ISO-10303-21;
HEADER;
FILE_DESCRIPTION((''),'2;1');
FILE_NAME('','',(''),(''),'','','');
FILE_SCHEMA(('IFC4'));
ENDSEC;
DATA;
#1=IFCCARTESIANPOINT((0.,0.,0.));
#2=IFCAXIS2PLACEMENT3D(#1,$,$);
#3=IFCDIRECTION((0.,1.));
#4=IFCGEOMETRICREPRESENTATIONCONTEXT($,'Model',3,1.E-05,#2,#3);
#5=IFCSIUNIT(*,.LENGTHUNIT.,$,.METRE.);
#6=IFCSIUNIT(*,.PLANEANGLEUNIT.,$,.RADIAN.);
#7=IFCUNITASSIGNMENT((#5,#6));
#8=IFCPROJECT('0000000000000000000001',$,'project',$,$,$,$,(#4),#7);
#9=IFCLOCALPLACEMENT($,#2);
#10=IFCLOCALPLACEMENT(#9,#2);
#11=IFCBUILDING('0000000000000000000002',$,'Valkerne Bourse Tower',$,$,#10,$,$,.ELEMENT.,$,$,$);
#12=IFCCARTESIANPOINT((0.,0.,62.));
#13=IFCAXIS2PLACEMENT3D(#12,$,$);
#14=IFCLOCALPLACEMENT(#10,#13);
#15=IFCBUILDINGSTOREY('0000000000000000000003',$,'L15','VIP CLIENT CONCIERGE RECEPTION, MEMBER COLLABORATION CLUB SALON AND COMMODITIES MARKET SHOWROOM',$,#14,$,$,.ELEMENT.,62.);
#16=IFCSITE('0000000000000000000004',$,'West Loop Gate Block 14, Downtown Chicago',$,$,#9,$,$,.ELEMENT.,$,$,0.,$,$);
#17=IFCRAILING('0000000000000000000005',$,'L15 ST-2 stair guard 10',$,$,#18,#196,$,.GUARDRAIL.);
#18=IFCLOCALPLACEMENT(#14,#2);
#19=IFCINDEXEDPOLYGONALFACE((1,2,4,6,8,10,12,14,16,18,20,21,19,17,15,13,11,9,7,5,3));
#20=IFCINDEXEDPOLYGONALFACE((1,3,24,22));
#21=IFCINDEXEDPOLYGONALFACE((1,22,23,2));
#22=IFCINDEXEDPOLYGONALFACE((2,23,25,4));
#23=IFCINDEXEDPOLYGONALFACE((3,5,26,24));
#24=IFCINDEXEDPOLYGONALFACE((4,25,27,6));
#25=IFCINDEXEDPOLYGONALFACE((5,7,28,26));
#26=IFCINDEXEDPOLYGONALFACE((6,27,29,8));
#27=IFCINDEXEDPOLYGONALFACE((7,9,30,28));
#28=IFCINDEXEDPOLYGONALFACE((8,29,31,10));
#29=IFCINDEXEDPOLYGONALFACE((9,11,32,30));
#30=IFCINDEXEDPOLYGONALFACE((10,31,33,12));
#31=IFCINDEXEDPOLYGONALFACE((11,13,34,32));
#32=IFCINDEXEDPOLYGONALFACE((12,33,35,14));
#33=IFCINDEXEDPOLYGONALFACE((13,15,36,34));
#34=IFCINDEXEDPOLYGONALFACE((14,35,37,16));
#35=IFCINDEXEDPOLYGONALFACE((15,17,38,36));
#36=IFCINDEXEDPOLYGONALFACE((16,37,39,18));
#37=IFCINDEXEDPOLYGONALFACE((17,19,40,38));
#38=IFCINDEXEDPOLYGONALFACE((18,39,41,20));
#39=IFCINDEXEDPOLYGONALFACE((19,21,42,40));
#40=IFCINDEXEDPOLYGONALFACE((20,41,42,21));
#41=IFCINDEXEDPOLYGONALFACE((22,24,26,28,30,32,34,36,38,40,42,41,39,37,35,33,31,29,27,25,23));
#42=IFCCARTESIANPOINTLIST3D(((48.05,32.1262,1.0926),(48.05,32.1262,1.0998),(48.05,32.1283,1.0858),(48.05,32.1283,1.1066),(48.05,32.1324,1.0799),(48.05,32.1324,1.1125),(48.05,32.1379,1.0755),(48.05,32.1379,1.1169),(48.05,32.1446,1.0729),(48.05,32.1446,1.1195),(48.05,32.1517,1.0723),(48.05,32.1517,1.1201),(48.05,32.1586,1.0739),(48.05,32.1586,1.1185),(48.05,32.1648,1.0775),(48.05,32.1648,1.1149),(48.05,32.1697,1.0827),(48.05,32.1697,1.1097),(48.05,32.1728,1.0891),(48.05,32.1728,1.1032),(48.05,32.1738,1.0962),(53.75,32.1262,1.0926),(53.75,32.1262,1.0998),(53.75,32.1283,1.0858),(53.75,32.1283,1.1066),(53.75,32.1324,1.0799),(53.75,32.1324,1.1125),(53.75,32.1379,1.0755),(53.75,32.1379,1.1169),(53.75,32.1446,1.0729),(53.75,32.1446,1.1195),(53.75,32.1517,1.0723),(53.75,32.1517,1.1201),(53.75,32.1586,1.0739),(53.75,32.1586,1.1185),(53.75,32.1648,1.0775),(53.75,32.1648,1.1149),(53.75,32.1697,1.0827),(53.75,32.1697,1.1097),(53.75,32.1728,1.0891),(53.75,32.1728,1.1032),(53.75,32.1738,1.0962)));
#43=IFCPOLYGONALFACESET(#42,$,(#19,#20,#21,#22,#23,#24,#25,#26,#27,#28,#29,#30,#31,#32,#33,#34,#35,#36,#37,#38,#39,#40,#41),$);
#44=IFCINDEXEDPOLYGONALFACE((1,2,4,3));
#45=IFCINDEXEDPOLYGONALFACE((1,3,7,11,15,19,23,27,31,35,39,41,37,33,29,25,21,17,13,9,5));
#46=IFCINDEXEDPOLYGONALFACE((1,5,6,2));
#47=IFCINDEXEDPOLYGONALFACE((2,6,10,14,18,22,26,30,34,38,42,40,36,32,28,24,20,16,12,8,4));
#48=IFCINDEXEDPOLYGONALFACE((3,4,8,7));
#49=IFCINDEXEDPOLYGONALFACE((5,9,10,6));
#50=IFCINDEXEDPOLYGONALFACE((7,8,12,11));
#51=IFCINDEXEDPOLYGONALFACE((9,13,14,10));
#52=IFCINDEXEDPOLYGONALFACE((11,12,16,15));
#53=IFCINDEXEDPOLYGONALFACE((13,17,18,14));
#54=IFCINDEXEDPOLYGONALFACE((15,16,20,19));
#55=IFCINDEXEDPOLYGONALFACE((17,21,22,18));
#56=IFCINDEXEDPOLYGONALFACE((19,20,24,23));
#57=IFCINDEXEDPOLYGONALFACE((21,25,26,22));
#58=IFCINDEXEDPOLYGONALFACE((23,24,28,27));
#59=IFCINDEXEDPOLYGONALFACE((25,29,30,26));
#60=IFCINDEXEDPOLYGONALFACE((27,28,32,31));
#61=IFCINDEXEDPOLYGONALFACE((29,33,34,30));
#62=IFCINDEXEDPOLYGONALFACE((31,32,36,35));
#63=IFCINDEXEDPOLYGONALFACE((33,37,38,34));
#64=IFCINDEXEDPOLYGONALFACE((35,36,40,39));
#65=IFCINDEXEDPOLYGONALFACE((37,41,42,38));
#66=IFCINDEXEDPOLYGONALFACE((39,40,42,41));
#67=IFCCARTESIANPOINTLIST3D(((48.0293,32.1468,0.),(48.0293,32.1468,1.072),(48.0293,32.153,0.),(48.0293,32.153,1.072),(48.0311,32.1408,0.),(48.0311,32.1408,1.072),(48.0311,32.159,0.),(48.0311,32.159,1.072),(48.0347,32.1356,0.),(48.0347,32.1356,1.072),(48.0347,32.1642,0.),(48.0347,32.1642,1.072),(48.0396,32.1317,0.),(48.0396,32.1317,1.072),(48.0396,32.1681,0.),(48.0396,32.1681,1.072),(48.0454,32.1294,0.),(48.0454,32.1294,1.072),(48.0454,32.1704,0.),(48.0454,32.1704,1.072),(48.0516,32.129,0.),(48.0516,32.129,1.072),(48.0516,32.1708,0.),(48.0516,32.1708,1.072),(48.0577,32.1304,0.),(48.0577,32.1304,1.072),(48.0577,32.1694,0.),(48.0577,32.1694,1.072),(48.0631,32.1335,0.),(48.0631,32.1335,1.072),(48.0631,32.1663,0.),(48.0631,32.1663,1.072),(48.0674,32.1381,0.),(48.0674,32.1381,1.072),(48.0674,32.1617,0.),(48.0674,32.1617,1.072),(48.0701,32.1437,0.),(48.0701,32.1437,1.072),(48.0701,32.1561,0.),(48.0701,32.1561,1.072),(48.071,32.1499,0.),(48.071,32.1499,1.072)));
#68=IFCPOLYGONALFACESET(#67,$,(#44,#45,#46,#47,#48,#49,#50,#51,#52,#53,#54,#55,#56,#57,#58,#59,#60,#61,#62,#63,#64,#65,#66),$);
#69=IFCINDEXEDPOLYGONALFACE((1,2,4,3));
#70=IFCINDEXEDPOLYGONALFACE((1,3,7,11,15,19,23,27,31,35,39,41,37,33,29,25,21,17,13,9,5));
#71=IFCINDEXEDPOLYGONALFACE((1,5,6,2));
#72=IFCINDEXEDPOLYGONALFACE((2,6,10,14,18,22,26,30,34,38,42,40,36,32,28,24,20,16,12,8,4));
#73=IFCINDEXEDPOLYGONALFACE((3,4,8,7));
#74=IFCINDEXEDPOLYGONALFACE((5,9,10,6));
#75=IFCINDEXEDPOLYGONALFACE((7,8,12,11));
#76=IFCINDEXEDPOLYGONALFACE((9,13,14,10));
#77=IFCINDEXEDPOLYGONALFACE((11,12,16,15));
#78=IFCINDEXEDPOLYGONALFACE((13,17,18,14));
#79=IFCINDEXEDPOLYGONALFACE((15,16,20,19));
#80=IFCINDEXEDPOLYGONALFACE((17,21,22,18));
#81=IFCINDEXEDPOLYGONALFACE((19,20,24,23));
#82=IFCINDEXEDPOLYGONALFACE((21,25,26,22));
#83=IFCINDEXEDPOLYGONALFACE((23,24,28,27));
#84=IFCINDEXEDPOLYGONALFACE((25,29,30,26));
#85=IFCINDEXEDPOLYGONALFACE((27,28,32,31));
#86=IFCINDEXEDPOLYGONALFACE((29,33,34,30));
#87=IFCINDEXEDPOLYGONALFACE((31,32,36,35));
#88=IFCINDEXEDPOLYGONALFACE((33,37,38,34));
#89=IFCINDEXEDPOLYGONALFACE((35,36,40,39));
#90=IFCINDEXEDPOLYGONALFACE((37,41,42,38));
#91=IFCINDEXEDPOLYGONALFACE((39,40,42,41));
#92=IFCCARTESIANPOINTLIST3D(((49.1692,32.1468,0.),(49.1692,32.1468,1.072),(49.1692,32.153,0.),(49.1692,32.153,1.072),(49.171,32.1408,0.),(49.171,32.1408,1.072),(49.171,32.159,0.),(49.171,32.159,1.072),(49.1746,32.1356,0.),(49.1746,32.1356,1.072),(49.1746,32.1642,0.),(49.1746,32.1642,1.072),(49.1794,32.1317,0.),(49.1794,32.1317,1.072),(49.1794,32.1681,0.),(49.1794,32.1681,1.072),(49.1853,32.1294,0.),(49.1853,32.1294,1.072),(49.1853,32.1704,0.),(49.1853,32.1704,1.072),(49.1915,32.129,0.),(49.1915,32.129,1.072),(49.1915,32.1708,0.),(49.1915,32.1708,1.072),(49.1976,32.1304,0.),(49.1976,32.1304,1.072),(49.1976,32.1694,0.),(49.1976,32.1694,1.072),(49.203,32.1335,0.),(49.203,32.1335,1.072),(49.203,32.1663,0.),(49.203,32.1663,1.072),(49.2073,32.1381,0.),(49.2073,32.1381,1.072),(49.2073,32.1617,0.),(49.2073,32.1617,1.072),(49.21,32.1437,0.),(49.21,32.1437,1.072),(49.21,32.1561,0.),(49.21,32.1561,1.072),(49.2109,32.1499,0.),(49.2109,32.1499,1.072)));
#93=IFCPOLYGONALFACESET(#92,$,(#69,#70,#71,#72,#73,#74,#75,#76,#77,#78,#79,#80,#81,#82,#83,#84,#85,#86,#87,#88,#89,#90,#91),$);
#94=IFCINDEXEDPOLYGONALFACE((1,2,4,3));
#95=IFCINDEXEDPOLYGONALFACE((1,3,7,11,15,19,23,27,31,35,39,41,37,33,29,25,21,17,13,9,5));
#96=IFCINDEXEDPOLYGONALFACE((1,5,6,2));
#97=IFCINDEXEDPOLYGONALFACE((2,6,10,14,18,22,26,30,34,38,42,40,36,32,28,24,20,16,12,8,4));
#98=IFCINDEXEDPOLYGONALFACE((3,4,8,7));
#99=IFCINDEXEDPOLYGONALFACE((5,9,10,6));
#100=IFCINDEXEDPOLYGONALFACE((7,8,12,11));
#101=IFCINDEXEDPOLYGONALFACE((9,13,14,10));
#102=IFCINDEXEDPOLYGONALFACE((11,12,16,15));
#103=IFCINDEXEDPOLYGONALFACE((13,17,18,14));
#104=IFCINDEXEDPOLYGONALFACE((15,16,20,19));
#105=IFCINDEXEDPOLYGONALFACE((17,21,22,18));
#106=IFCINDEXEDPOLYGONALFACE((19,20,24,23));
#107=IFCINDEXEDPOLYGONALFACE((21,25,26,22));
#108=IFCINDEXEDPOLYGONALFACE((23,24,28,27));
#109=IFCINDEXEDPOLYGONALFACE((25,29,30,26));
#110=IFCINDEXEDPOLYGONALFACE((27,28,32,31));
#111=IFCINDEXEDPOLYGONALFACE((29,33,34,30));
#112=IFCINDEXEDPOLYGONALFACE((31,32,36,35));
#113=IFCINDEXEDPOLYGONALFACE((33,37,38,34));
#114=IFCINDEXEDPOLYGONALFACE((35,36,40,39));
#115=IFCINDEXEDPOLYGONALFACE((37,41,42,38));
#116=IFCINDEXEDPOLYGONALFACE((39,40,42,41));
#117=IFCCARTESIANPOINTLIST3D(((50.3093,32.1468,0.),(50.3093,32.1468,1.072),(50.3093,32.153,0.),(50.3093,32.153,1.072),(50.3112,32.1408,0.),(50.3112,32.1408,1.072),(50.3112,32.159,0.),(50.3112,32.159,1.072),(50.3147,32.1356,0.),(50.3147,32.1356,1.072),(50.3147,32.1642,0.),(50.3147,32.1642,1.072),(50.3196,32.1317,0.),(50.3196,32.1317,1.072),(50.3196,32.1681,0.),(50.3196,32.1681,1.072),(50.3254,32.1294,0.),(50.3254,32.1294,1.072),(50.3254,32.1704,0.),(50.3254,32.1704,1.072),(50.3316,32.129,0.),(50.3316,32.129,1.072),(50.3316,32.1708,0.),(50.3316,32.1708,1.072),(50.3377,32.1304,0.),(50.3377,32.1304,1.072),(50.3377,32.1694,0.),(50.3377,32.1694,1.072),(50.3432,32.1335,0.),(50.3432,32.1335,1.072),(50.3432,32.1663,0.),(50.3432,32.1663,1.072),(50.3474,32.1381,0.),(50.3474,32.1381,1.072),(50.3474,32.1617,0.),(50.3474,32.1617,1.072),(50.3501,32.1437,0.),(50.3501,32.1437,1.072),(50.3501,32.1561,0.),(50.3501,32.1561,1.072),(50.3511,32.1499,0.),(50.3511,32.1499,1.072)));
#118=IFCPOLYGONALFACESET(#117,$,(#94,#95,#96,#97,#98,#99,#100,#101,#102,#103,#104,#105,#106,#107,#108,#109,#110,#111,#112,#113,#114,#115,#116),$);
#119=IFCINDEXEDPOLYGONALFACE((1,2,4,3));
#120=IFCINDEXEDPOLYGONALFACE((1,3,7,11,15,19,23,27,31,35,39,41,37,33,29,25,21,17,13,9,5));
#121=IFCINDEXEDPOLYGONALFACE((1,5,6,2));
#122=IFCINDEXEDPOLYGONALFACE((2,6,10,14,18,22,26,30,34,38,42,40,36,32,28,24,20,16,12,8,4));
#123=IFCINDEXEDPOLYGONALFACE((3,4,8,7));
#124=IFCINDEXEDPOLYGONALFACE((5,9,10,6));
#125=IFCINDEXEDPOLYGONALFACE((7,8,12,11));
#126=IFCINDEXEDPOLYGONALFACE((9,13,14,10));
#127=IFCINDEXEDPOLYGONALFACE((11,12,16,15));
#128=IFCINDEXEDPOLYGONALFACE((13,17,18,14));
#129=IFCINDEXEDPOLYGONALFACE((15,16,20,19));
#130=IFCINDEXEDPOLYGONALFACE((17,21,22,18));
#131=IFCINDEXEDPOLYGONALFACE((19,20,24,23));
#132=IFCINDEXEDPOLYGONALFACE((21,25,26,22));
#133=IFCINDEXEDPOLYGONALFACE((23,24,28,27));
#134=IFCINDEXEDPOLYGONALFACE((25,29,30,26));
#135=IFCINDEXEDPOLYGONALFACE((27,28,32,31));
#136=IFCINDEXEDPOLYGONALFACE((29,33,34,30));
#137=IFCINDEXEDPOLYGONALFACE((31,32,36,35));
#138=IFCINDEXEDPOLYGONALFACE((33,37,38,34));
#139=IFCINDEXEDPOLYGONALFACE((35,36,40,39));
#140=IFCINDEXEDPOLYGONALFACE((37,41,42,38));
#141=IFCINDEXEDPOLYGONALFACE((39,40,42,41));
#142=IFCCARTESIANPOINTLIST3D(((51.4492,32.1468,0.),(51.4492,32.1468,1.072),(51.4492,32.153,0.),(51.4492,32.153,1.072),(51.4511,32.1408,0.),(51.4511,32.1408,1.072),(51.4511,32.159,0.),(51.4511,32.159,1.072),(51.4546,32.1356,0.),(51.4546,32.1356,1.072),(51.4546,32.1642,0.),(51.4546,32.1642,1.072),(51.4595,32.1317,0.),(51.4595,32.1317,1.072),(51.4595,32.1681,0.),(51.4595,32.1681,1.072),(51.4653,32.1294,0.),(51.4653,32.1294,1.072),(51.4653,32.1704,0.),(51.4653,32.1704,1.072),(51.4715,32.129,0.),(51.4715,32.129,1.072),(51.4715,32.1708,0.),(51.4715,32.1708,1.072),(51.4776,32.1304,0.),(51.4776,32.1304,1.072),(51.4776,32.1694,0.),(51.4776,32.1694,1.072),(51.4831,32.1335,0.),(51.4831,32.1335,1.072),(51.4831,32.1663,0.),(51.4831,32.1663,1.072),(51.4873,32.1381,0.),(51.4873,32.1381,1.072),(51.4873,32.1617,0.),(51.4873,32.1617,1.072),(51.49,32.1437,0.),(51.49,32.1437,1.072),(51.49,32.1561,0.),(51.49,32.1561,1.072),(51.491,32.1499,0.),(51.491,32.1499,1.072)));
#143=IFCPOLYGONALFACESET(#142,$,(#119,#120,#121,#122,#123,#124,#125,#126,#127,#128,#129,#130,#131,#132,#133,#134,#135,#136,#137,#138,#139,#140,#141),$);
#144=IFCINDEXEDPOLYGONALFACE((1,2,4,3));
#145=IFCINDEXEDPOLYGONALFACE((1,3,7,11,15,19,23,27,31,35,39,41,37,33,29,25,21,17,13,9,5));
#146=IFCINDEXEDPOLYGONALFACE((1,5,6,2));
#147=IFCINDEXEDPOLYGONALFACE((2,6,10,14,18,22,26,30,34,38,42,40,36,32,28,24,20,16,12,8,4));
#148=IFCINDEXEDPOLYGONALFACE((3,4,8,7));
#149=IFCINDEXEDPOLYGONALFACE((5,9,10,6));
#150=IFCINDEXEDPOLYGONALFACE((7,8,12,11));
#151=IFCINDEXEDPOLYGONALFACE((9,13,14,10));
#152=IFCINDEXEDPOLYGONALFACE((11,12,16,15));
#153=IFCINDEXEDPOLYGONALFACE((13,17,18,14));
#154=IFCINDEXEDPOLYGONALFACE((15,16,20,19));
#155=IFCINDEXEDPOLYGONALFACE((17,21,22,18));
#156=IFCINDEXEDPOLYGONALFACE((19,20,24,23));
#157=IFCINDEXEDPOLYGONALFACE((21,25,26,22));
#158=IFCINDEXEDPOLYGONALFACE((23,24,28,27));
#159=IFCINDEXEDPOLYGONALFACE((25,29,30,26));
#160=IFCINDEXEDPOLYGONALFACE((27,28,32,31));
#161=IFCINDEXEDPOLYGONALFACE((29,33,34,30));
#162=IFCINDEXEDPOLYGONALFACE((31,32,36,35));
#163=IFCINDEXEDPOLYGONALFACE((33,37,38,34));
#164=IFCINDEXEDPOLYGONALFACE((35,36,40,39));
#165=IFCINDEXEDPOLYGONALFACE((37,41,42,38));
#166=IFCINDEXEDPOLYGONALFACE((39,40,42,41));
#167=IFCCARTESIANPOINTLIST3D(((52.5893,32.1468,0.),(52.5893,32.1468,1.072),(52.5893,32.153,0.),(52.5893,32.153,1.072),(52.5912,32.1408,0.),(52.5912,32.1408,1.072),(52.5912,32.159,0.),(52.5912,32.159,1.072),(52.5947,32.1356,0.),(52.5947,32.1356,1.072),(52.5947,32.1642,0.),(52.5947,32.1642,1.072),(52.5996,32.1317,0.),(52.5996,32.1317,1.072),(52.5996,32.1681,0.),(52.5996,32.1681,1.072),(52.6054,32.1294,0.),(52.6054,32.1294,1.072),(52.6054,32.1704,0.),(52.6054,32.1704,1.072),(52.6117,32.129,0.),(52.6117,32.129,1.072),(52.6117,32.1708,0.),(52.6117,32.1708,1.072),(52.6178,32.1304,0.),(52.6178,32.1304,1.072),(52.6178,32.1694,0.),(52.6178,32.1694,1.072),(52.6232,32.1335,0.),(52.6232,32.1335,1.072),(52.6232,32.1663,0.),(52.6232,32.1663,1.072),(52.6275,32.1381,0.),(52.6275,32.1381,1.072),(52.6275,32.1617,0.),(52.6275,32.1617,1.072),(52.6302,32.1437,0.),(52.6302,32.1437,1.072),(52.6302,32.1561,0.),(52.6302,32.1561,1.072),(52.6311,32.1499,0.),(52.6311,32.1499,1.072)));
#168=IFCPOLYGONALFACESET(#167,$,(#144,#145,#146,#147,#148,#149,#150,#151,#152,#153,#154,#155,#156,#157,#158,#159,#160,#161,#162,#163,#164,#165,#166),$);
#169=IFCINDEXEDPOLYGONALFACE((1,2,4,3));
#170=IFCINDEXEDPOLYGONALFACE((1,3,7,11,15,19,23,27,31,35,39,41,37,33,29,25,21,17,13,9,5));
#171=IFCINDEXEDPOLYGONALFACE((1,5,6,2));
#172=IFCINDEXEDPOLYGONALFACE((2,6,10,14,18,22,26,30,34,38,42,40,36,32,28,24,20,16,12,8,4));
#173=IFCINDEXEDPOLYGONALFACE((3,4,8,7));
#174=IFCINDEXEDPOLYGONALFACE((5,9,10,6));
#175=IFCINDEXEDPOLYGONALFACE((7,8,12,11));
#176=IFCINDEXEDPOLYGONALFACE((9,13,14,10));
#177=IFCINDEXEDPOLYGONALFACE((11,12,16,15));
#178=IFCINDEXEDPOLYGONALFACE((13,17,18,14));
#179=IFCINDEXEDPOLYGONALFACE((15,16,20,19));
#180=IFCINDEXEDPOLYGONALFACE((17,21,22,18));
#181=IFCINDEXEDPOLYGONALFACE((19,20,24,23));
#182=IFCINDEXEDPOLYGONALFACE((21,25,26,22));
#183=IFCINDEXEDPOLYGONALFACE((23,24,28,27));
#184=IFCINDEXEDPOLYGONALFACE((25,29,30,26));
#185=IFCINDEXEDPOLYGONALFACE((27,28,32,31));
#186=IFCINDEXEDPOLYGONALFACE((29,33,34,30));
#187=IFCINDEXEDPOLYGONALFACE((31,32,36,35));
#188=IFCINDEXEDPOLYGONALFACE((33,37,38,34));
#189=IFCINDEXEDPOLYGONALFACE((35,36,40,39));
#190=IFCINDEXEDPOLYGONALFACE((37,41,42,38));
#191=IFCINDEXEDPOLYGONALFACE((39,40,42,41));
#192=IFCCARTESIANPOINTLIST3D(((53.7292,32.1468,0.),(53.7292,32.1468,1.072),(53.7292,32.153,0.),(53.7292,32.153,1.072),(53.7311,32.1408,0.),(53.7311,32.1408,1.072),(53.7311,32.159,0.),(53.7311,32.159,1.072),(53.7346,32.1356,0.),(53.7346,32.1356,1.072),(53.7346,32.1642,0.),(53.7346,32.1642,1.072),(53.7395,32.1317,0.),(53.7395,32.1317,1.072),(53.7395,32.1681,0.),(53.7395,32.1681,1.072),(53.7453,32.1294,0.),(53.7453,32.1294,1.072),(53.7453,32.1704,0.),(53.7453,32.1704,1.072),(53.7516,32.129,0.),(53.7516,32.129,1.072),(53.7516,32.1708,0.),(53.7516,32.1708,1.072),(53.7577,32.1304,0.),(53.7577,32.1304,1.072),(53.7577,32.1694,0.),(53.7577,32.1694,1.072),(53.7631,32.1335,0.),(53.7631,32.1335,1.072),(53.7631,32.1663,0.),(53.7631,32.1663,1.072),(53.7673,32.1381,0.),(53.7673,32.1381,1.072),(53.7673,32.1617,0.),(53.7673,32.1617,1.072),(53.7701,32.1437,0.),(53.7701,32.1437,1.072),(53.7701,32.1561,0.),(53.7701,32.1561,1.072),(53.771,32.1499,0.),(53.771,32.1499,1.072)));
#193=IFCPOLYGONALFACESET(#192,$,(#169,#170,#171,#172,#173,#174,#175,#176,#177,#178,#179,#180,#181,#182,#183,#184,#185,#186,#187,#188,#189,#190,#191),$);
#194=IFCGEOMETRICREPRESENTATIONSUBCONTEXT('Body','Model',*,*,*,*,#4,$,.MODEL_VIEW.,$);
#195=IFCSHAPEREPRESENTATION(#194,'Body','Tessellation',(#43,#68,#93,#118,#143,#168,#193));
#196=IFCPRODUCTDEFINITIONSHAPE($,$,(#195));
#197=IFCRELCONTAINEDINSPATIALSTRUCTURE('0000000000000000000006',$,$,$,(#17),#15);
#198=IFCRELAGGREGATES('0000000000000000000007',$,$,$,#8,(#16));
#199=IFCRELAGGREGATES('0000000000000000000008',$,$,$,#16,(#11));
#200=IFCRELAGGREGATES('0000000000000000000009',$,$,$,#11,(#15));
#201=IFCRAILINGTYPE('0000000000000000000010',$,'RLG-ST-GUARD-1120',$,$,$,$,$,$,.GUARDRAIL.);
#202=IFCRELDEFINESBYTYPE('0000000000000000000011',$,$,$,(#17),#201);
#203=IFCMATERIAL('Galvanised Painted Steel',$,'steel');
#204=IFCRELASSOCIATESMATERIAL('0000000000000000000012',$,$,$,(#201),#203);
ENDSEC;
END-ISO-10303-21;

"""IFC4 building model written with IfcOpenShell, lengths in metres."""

from ifc_helpers import new_model, si_unit, direction, frame, origin, origin_2d, place, context, subcontext, project, spatial, circle, extrude, material, type_object, element, save


model = new_model("IFC4")

# Units and contexts
model_context = context("Model", 3, precision=1e-05, world=origin(), true_north=direction((0.0, 1.0)))
body_context = subcontext(model_context, "Body", "Model", "MODEL_VIEW")
ifc_project = project(units=[si_unit("LENGTHUNIT", "METRE"), si_unit("PLANEANGLEUNIT", "RADIAN")], contexts=[model_context])

# Site, building, storey
site_placement = place(None, origin())
site = spatial("IfcSite", under=ifc_project, at=site_placement, Name="West Loop Gate Block 14, Downtown Chicago", CompositionType="ELEMENT", RefElevation=0.0)
building_placement = place(site_placement, origin())
building = spatial("IfcBuilding", under=site, at=building_placement, Name="Valkerne Bourse Tower", CompositionType="ELEMENT")
storey_placement = place(building_placement, frame((0.0, 0.0, 62.0)))
storey = spatial("IfcBuildingStorey", under=building, at=storey_placement, Name="L15", Description="VIP CLIENT CONCIERGE RECEPTION, MEMBER COLLABORATION CLUB SALON AND COMMODITIES MARKET SHOWROOM", CompositionType="ELEMENT", Elevation=62.0)

# Shared definitions
ifc_material_1 = material(Name="Galvanised Painted Steel", Category="steel")

# Railing
railing_type_1 = type_object("IfcRailingType", Name="RLG-ST-GUARD-1120", PredefinedType="GUARDRAIL", material=ifc_material_1)
for number, where, name in (
    (1, (48.05, 32.1499, 0.0), "L15 ST-2 stair guard 10"),
):
    element("IfcRailing", number, at=place(storey_placement, frame(where)), inside=storey, type_object=railing_type_1, Name=name, PredefinedType="GUARDRAIL", context=body_context, shape_type="SweptSolid", body=[
        extrude(circle(Radius=0.0239, at=origin_2d()), frame((0.0, 0.0, 1.0962), z_axis=(1.0, 0.0, 0.0), x_axis=(0.0, 1.0, 0.0)), (0.0, 0.0, 1.0), 5.7),
        extrude(circle(Radius=0.021, at=origin_2d()), origin(), (0.0, 0.0, 1.0), 1.072),
        extrude(circle(Radius=0.021, at=origin_2d()), frame((1.1399, 0.0, 0.0)), (0.0, 0.0, 1.0), 1.072),
        extrude(circle(Radius=0.021, at=origin_2d()), frame((2.28, 0.0, 0.0)), (0.0, 0.0, 1.0), 1.072),
        extrude(circle(Radius=0.021, at=origin_2d()), frame((3.4199, 0.0, 0.0)), (0.0, 0.0, 1.0), 1.072),
        extrude(circle(Radius=0.021, at=origin_2d()), frame((4.5601, 0.0, 0.0)), (0.0, 0.0, 1.0), 1.072),
        extrude(circle(Radius=0.021, at=origin_2d()), frame((5.7, 0.0, 0.0)), (0.0, 0.0, 1.0), 1.072),
    ])

save(model, "model.ifc")
